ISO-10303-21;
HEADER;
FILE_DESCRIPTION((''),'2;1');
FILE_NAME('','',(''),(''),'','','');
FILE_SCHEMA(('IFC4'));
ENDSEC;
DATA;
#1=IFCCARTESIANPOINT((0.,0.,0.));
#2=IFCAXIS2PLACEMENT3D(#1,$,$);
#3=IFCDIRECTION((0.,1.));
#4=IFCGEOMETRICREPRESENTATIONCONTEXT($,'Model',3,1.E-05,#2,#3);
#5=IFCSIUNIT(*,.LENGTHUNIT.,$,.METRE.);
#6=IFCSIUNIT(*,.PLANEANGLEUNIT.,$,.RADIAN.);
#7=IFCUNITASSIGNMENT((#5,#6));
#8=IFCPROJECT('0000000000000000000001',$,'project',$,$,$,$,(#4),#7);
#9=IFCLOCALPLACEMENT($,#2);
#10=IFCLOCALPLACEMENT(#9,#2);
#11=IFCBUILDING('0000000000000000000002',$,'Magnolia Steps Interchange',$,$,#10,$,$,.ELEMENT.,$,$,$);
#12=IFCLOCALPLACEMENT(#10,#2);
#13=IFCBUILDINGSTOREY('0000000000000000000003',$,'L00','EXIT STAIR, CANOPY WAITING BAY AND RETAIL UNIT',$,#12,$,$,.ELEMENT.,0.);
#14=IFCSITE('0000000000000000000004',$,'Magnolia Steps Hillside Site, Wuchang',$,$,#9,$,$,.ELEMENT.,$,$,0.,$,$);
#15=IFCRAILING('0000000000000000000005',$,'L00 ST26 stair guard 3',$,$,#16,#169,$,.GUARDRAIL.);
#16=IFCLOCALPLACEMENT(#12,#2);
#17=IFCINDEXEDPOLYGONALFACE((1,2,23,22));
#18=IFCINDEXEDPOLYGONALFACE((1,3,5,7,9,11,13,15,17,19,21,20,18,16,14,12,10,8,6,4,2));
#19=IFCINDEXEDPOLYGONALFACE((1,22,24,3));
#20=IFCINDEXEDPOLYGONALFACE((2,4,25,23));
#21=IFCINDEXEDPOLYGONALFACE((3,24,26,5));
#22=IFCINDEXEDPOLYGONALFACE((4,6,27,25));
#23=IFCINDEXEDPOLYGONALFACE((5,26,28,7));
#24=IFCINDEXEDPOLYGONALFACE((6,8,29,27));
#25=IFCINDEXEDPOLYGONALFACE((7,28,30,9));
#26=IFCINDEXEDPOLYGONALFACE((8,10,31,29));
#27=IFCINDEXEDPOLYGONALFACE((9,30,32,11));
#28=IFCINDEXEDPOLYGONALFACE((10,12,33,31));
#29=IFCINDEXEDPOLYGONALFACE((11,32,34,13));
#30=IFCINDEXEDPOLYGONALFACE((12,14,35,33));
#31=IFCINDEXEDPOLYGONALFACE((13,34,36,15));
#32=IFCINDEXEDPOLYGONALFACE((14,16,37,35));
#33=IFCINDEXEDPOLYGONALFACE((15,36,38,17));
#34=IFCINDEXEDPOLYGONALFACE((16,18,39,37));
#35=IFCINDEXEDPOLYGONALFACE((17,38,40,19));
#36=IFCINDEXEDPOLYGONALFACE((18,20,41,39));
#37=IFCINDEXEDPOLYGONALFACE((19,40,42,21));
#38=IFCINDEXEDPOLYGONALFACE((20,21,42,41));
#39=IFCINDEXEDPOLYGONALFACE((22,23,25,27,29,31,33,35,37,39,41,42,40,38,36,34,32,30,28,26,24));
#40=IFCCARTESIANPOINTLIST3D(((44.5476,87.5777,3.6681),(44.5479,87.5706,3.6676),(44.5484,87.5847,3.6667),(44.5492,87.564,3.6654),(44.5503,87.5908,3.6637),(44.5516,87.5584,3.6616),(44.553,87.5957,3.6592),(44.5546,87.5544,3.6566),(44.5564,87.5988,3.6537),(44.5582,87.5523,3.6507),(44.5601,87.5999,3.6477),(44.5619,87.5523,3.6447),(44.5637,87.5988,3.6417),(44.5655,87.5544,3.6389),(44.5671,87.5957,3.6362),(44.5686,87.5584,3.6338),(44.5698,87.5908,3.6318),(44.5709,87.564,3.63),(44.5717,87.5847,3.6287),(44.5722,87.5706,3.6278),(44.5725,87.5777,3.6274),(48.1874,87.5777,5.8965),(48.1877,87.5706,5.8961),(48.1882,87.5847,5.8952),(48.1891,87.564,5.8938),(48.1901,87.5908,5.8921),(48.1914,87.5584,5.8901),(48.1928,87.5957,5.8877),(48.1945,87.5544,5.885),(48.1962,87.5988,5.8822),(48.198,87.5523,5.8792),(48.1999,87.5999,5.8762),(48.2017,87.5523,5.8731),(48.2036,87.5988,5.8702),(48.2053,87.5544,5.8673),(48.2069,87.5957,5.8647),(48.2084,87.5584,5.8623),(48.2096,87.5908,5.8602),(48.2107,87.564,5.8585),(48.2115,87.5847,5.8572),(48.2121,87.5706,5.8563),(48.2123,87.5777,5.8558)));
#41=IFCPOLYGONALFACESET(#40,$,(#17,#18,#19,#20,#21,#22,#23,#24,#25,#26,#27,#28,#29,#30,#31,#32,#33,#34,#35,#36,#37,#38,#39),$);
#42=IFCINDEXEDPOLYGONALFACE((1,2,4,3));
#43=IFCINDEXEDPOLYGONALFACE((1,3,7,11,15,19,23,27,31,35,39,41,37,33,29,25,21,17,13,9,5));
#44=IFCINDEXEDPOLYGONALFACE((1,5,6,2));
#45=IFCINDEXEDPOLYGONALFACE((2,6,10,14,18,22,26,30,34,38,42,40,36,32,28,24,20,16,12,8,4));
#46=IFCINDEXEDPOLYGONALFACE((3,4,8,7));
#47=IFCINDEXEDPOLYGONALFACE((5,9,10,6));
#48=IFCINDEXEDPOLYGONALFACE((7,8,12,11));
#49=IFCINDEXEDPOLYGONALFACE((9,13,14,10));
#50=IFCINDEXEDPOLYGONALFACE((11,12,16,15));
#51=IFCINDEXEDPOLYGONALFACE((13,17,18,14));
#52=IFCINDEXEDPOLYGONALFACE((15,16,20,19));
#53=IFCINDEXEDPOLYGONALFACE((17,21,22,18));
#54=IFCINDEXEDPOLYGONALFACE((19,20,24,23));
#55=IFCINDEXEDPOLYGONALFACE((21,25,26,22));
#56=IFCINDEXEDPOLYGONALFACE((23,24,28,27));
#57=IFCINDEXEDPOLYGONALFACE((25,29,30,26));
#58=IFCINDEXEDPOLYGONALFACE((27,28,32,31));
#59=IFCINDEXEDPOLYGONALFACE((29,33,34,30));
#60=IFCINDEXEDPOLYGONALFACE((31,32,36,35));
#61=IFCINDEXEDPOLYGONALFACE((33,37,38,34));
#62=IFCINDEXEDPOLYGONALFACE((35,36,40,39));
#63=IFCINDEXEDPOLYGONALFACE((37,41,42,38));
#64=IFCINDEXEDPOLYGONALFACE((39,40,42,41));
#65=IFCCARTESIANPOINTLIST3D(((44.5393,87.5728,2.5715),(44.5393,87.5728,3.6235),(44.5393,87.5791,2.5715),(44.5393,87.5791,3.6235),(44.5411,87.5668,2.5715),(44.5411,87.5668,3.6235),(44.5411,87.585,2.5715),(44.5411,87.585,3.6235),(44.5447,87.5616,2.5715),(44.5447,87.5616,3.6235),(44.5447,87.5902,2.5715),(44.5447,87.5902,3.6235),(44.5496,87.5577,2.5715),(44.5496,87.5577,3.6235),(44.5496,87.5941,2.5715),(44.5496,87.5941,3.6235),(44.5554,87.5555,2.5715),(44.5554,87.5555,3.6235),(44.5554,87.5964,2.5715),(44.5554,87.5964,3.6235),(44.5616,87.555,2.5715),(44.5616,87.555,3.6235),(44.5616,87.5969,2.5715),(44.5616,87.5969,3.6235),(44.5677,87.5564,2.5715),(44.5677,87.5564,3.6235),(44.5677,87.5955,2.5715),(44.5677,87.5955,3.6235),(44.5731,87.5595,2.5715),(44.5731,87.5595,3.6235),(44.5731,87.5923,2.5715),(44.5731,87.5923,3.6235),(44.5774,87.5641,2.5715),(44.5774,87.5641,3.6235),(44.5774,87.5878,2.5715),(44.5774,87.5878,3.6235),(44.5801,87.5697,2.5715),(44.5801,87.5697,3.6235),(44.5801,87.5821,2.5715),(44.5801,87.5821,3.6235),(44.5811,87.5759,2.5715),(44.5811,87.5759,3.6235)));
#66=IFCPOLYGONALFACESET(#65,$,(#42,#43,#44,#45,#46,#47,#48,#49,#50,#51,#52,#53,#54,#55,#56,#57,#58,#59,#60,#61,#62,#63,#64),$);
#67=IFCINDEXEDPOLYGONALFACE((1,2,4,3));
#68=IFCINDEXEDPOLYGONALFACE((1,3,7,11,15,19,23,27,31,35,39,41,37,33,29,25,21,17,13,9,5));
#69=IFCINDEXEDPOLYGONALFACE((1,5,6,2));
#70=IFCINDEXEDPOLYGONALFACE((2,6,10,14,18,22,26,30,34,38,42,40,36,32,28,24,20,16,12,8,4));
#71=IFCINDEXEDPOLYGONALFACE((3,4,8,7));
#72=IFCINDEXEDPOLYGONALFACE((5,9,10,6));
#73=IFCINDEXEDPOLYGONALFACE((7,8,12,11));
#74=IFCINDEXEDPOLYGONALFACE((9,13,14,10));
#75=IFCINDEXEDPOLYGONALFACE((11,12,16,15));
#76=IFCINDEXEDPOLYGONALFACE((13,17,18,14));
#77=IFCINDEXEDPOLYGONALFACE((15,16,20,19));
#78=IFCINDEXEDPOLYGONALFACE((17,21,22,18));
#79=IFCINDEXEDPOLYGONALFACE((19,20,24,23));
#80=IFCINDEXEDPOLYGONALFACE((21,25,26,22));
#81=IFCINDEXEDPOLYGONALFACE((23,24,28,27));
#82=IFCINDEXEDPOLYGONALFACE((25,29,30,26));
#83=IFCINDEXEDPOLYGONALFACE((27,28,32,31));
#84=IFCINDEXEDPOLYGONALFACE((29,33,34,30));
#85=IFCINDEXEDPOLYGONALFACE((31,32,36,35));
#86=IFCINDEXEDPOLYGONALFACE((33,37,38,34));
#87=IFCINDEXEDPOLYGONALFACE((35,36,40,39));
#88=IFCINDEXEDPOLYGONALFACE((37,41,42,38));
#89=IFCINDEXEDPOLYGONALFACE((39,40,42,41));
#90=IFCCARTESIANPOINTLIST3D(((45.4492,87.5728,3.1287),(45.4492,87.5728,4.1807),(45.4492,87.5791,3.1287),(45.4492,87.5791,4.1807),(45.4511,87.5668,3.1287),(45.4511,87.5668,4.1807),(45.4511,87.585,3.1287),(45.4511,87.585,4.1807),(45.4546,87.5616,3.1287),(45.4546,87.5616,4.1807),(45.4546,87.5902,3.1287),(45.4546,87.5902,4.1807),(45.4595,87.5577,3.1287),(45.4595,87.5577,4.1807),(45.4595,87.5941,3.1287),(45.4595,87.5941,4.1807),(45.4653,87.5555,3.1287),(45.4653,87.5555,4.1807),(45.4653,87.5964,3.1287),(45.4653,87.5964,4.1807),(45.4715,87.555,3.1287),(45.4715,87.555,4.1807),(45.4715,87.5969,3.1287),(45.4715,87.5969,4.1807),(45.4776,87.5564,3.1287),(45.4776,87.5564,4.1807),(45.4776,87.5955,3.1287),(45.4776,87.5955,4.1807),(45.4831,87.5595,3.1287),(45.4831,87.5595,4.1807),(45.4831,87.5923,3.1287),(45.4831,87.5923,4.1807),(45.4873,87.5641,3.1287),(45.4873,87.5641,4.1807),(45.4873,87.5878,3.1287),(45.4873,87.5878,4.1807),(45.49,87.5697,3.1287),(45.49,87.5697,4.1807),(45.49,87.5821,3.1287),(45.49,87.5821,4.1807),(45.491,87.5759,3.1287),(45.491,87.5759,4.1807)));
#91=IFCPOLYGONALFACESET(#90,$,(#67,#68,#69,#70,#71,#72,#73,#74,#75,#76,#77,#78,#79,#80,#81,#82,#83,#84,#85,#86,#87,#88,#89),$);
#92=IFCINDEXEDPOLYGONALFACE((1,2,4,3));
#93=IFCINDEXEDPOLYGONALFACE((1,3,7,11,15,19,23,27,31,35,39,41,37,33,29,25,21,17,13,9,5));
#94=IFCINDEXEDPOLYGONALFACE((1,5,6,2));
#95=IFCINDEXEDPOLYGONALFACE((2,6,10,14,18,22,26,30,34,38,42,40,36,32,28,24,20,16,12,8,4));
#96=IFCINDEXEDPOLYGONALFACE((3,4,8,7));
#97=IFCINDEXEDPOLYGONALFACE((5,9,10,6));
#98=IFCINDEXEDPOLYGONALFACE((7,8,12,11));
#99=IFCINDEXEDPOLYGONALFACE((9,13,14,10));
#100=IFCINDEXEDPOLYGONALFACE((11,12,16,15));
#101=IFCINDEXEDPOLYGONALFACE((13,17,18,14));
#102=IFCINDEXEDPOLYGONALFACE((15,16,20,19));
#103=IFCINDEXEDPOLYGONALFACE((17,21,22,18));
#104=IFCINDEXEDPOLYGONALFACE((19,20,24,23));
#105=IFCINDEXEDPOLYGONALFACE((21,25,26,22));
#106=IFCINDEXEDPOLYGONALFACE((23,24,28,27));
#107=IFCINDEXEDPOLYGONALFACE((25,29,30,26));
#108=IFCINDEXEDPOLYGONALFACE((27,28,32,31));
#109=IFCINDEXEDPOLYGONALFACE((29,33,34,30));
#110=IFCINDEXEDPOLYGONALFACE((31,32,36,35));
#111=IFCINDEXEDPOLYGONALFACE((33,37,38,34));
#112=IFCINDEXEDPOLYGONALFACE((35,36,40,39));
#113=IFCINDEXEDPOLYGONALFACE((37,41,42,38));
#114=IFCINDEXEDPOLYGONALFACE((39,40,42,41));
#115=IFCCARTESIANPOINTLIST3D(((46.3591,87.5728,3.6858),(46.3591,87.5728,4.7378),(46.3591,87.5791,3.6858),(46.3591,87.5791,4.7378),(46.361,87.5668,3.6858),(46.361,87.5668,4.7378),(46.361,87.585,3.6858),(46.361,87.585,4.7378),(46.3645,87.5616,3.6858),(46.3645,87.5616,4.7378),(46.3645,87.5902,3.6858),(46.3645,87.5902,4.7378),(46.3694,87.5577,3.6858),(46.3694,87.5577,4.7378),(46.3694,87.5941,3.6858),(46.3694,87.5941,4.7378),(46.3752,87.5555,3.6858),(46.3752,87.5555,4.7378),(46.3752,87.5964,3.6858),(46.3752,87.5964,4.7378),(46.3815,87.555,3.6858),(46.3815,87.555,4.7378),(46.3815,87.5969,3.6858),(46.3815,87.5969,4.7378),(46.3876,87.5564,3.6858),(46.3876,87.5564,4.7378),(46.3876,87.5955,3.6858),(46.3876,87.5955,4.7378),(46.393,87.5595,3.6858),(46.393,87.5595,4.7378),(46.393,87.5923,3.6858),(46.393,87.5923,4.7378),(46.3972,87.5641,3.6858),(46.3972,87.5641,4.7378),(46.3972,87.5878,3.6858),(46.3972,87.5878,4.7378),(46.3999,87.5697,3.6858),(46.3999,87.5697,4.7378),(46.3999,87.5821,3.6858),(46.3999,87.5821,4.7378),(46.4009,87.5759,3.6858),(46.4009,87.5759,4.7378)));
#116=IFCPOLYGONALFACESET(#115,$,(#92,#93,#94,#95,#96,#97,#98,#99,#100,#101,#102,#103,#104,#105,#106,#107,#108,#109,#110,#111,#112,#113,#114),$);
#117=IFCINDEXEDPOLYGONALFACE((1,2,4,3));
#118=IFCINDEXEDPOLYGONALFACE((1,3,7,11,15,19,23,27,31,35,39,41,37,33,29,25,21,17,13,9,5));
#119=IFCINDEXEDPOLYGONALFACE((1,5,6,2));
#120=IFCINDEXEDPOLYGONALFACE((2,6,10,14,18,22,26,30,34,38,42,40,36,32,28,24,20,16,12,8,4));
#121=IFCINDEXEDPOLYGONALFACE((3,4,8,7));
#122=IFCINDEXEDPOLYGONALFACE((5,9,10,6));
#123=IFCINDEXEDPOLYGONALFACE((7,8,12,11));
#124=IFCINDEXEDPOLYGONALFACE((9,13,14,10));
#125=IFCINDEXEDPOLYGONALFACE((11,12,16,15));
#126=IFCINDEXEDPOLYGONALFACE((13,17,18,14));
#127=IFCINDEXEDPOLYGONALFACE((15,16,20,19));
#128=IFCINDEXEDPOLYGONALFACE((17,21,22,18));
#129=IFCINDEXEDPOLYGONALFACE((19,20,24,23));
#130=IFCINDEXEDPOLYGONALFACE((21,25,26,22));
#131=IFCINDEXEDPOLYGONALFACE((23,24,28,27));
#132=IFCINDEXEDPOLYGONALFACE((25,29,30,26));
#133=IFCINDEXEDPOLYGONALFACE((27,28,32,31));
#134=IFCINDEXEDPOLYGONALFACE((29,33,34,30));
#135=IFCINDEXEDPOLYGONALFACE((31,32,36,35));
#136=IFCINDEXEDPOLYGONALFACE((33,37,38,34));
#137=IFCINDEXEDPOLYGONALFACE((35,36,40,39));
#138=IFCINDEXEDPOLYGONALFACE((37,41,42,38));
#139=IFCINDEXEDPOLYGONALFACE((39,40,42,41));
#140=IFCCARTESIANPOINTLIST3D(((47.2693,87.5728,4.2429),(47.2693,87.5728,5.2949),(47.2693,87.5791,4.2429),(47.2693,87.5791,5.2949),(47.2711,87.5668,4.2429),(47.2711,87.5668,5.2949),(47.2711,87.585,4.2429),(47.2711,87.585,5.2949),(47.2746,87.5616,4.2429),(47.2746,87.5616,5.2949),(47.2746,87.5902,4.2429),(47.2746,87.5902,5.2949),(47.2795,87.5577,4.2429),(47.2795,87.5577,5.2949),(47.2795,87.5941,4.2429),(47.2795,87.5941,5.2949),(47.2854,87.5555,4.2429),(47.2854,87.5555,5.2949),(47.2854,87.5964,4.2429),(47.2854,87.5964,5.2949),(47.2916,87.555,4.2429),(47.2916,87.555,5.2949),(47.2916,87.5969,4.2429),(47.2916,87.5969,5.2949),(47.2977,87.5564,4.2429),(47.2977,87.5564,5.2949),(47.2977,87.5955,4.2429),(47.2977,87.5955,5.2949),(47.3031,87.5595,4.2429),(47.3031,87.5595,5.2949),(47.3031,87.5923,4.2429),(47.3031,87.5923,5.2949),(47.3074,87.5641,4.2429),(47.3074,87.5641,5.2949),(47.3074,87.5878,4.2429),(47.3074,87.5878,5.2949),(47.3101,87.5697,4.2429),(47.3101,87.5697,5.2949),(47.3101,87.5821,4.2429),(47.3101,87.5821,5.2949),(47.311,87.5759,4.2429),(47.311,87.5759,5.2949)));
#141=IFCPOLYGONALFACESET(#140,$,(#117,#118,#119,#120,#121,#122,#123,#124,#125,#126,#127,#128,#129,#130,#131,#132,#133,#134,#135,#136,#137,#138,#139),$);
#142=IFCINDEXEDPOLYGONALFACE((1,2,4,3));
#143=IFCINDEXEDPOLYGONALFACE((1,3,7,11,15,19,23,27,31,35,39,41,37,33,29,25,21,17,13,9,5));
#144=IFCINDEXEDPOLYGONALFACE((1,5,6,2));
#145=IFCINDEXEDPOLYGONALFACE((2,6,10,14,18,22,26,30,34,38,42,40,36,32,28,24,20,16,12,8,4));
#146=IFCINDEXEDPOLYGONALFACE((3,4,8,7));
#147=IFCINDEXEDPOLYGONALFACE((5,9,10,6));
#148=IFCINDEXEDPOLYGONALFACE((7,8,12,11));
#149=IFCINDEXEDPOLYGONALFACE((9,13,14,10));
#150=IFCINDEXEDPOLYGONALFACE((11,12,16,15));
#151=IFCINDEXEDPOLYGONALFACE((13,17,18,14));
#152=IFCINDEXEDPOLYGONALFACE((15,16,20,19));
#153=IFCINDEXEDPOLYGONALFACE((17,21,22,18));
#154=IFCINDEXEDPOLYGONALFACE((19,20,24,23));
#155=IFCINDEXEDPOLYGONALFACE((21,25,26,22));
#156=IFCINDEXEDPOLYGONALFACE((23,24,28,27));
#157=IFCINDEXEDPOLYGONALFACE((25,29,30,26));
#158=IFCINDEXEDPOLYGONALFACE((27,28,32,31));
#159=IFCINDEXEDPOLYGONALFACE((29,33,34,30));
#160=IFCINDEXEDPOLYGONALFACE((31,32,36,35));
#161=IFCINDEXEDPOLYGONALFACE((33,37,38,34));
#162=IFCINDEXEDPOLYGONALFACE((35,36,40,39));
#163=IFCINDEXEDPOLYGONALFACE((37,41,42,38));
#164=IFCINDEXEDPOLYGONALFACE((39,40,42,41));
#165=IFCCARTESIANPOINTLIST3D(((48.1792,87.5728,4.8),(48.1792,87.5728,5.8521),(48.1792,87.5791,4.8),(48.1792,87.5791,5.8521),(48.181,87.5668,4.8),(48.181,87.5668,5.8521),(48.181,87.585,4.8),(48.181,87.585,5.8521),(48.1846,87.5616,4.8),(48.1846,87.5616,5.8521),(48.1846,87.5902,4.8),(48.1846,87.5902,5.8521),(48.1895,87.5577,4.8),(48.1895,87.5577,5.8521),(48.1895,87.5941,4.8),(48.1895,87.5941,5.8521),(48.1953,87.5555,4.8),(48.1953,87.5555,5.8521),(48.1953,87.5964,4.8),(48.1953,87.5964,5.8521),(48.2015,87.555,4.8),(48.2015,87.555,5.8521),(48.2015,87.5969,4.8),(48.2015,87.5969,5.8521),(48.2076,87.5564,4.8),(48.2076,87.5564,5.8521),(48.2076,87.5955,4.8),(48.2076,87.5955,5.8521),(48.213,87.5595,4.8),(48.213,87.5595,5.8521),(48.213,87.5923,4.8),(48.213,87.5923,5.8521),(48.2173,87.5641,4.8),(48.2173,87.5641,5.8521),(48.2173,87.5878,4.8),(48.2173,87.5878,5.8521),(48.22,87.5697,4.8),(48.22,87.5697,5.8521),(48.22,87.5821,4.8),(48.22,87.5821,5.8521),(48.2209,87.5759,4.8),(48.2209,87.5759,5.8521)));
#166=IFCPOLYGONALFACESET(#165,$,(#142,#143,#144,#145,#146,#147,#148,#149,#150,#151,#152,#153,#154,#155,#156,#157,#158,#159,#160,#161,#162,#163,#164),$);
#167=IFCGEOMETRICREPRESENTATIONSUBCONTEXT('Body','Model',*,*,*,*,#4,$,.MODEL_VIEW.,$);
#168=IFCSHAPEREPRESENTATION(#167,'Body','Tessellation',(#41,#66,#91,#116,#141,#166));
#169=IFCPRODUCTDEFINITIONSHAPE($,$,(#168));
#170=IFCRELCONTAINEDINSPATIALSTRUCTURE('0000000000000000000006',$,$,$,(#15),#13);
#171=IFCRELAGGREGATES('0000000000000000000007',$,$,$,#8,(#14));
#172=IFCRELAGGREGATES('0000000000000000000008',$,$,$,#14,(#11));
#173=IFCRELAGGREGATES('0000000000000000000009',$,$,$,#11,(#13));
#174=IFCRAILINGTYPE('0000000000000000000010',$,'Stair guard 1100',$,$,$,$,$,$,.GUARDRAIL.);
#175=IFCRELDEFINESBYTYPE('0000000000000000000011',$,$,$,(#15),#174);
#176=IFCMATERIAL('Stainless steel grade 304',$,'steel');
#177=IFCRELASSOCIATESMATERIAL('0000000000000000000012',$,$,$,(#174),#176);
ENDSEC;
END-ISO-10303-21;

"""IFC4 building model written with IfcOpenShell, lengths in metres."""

from ifc_helpers import new_model, si_unit, direction, frame, origin, origin_2d, place, context, subcontext, project, spatial, circle, extrude, material, type_object, element, save


model = new_model("IFC4")

# Units and contexts
model_context = context("Model", 3, precision=1e-05, world=origin(), true_north=direction((0.0, 1.0)))
body_context = subcontext(model_context, "Body", "Model", "MODEL_VIEW")
ifc_project = project(units=[si_unit("LENGTHUNIT", "METRE"), si_unit("PLANEANGLEUNIT", "RADIAN")], contexts=[model_context])

# Site, building, storey
site_placement = place(None, origin())
site = spatial("IfcSite", under=ifc_project, at=site_placement, Name="Magnolia Steps Hillside Site, Wuchang", CompositionType="ELEMENT", RefElevation=0.0)
building_placement = place(site_placement, origin())
building = spatial("IfcBuilding", under=site, at=building_placement, Name="Magnolia Steps Interchange", CompositionType="ELEMENT")
storey_placement = place(building_placement, origin())
storey = spatial("IfcBuildingStorey", under=building, at=storey_placement, Name="L00", Description="EXIT STAIR, CANOPY WAITING BAY AND RETAIL UNIT", CompositionType="ELEMENT", Elevation=0.0)

# Railing
ifc_material_1 = material(Name="Stainless steel grade 304", Category="steel")
railing_type_1 = type_object("IfcRailingType", Name="Stair guard 1100", PredefinedType="GUARDRAIL", material=ifc_material_1)
railing_1_placement = place(storey_placement, frame((44.5601, 87.5759, 2.5715)))
element("IfcRailing", 1, at=railing_1_placement, inside=storey, type_object=railing_type_1, Name="L00 ST26 stair guard 3", PredefinedType="GUARDRAIL", context=body_context, shape_type="SweptSolid", body=[
    extrude(circle(Radius=0.0239, at=origin_2d()), frame((0.0, 0.0, 1.0762), z_axis=(0.85285, 0.0, 0.522156), x_axis=(0.0, 1.0, 0.0)), (0.0, 0.0, 1.0), 4.2678),
    extrude(circle(Radius=0.021, at=origin_2d()), origin(), (0.0, 0.0, 1.0), 1.052),
    extrude(circle(Radius=0.021, at=origin_2d()), frame((0.9099, 0.0, 0.5571)), (0.0, 0.0, 1.0), 1.052),
    extrude(circle(Radius=0.021, at=origin_2d()), frame((1.8198, 0.0, 1.1143)), (0.0, 0.0, 1.0), 1.052),
    extrude(circle(Radius=0.021, at=origin_2d()), frame((2.73, 0.0, 1.6714)), (0.0, 0.0, 1.0), 1.052),
    extrude(circle(Radius=0.021, at=origin_2d()), frame((3.6399, 0.0, 2.2285)), (0.0, 0.0, 1.0), 1.052),
])

save(model, "model.ifc")
